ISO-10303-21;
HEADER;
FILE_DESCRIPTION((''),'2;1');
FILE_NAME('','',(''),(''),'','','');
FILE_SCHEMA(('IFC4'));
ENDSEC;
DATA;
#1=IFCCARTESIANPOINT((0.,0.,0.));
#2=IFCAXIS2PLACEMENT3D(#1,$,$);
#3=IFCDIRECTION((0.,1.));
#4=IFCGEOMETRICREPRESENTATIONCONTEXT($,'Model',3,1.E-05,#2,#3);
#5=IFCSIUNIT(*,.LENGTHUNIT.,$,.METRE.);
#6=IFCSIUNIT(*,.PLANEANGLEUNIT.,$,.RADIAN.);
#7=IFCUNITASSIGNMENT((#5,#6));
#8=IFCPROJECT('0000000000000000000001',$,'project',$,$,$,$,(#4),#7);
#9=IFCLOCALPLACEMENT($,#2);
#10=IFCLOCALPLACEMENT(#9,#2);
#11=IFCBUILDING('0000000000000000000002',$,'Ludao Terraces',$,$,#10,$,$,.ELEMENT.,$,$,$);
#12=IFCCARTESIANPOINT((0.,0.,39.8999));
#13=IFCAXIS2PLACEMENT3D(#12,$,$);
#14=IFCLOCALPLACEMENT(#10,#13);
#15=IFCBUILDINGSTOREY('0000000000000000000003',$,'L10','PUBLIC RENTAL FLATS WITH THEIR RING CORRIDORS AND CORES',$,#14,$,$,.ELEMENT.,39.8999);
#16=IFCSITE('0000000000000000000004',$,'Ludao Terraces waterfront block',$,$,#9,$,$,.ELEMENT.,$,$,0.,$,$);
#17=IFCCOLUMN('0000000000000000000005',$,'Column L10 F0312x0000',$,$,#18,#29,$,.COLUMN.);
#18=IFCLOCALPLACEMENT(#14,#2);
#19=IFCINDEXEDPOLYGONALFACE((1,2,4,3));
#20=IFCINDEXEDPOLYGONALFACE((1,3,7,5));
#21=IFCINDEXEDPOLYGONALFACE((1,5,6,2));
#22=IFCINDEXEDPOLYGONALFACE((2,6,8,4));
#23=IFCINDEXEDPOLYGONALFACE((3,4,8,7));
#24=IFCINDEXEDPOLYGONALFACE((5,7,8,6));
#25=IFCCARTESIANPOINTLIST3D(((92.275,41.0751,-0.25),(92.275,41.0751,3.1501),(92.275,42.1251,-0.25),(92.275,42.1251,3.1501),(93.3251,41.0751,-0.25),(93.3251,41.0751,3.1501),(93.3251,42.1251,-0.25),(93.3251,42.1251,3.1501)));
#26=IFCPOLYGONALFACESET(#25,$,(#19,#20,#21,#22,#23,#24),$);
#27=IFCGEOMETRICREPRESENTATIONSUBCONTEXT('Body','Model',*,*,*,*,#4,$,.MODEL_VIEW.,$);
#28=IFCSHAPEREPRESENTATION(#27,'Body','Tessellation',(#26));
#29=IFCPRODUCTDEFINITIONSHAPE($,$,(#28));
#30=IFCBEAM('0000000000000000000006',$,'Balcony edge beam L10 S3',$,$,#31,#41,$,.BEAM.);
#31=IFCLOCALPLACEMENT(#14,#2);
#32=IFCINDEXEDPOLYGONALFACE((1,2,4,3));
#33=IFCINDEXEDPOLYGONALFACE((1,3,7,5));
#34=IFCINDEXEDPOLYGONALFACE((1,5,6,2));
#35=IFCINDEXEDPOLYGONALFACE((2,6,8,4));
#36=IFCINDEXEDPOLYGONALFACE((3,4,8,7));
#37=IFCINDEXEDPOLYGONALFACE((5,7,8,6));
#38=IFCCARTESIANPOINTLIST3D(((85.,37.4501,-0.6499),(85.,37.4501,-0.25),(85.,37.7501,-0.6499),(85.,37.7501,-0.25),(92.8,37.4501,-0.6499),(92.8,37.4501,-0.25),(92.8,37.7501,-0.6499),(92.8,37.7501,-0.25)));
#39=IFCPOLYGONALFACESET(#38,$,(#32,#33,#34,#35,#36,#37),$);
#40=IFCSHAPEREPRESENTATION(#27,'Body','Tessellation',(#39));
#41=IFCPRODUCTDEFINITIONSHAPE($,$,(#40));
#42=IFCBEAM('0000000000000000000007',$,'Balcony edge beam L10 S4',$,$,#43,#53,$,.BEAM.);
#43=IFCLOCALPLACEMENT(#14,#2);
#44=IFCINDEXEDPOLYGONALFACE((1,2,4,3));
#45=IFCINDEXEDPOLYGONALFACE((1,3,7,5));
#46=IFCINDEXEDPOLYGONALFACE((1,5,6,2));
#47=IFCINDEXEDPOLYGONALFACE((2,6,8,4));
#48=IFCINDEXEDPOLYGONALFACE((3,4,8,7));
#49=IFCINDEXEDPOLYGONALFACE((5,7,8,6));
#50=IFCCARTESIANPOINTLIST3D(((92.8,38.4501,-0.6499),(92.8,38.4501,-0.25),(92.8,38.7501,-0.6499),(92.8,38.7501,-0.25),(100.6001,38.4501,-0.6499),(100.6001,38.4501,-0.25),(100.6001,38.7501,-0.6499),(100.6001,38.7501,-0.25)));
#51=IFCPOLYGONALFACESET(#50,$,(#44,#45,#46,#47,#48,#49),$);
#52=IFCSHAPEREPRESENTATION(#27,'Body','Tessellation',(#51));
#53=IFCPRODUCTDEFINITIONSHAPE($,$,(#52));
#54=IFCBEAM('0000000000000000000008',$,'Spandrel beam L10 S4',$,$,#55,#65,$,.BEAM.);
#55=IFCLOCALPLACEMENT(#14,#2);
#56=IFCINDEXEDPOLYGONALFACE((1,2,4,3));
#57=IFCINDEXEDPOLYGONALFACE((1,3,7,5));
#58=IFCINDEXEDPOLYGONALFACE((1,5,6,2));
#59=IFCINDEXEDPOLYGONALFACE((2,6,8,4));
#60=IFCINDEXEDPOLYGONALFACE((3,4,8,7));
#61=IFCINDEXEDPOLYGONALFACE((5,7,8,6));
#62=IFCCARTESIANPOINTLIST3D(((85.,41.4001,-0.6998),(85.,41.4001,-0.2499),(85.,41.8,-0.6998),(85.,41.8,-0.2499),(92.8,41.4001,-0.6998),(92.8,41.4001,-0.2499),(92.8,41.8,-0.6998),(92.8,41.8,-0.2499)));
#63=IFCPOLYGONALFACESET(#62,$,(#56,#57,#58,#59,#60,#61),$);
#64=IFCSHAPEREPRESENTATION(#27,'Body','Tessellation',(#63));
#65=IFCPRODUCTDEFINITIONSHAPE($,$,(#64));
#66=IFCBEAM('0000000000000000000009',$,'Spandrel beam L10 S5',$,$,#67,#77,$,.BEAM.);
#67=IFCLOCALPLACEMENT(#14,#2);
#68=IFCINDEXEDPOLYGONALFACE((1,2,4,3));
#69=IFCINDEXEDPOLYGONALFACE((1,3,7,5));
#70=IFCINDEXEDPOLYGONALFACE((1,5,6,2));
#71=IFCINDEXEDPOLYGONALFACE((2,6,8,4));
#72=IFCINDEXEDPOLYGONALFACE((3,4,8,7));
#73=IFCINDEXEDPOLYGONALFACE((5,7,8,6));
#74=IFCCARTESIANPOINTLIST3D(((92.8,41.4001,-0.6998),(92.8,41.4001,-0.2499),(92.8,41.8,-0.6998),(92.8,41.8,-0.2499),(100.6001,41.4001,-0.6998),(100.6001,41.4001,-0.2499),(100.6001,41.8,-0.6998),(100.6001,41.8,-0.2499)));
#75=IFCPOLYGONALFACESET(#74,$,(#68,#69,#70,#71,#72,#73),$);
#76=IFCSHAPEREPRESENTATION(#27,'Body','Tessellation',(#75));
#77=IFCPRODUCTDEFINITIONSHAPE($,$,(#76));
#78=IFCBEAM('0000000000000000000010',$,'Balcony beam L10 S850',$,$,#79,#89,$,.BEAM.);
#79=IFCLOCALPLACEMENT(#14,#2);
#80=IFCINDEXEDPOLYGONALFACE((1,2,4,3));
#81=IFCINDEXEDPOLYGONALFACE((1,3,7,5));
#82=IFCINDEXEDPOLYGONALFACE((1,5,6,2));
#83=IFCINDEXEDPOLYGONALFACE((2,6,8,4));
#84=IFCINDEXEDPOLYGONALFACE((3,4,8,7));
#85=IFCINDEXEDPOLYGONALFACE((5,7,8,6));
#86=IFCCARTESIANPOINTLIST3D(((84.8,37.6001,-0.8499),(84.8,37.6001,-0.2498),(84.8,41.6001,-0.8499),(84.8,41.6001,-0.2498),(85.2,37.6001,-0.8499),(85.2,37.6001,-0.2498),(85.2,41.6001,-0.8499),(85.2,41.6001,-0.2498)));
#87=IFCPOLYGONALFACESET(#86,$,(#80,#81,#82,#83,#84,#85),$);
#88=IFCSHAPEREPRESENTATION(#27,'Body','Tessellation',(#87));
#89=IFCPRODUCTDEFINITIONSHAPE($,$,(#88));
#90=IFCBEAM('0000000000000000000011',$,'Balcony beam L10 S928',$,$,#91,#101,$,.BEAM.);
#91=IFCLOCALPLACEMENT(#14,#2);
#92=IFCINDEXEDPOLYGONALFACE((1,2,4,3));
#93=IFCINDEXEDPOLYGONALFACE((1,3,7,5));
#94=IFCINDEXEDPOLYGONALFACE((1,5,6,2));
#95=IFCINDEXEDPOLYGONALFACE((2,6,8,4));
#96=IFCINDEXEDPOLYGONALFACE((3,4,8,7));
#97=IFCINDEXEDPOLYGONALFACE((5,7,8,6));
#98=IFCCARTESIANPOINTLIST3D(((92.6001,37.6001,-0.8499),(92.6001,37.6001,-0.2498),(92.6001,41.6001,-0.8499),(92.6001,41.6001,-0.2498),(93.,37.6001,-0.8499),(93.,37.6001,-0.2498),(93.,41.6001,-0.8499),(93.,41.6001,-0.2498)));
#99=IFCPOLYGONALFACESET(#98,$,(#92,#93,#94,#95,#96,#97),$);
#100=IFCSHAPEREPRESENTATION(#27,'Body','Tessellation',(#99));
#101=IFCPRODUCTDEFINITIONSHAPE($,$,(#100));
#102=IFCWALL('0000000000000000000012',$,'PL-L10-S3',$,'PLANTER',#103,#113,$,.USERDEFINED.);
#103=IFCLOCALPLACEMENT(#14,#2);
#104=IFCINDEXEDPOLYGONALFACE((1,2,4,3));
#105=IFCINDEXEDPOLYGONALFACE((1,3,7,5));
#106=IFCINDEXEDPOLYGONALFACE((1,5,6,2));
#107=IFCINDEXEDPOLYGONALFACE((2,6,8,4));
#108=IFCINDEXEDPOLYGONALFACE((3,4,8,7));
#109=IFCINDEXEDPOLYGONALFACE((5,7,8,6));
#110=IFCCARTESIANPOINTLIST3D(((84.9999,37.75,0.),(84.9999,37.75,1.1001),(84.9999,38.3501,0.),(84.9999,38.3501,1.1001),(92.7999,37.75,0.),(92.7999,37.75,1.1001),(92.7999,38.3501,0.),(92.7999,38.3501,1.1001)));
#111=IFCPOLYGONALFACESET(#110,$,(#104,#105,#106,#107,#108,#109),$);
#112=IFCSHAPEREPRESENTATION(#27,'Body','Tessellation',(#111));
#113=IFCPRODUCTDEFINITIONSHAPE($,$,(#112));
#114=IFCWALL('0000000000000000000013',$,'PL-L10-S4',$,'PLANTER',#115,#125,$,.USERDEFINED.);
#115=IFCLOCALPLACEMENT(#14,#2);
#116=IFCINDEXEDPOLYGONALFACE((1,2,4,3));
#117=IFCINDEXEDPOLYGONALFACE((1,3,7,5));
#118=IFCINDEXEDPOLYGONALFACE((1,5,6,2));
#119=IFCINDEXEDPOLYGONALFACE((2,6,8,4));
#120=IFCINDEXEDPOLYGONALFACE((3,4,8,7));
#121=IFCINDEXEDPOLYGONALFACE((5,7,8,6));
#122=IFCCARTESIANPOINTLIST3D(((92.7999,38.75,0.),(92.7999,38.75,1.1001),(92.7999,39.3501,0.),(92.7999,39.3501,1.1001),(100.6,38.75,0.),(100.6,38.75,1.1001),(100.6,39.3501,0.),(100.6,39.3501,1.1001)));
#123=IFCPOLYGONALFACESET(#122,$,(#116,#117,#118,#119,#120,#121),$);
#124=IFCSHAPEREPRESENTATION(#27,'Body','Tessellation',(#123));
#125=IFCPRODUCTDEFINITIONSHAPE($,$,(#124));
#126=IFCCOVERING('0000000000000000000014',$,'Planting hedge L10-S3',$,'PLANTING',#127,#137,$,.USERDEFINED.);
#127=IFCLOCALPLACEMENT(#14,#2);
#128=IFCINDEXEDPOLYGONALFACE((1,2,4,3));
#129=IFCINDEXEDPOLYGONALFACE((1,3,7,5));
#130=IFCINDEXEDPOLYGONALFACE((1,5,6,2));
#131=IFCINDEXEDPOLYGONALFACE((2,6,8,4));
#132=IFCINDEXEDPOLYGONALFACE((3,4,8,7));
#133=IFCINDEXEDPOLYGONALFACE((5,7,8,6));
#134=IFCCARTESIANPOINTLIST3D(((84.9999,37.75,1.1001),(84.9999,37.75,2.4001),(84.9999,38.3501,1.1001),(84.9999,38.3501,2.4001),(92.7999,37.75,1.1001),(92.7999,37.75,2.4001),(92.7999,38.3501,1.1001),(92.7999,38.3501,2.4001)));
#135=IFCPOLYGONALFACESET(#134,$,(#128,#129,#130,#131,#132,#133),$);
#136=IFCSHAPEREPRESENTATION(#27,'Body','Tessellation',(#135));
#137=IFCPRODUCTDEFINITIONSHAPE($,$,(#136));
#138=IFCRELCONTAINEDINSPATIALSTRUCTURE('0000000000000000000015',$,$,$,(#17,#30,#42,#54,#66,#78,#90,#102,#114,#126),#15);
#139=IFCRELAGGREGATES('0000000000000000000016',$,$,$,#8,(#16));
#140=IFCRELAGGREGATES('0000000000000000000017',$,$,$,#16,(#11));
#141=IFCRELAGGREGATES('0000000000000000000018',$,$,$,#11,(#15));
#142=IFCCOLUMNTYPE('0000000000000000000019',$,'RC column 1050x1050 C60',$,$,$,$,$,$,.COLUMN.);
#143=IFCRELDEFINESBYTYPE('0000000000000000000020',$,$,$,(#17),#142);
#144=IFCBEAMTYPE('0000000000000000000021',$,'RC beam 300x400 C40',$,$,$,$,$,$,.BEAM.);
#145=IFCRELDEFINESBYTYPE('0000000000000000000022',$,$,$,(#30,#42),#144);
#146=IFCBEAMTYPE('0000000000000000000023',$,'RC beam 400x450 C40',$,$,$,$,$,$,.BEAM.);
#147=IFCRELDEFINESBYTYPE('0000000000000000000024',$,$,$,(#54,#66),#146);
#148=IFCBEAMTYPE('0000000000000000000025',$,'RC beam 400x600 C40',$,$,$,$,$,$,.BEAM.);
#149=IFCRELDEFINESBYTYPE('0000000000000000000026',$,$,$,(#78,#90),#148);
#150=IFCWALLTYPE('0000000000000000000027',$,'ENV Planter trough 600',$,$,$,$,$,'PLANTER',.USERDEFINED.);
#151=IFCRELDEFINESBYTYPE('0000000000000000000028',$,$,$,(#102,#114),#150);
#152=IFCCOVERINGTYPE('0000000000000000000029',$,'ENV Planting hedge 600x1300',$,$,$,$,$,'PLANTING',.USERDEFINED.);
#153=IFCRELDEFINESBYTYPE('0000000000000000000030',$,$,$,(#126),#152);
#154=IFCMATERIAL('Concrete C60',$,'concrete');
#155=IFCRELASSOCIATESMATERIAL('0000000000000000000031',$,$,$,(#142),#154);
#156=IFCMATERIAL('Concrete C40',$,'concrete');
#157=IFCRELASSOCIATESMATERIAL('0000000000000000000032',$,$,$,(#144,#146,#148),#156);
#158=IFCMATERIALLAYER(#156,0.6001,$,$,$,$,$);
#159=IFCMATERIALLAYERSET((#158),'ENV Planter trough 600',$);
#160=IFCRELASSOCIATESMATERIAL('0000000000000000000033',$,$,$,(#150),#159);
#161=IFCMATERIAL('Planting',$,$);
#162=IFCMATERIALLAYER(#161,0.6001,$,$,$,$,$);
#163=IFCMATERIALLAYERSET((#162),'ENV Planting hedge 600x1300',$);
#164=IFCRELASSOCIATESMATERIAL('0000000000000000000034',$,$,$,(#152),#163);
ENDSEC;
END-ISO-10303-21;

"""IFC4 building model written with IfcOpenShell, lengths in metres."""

from ifc_helpers import new_model, si_unit, direction, frame, frame_2d, origin, origin_2d, place, context, subcontext, project, spatial, rectangle, extrude, material, layer, layer_set, material_profile, profile_set, type_object, element, save


model = new_model("IFC4")

# Units and contexts
model_context = context("Model", 3, precision=1e-05, world=origin(), true_north=direction((0.0, 1.0)))
body_context = subcontext(model_context, "Body", "Model", "MODEL_VIEW")
ifc_project = project(units=[si_unit("LENGTHUNIT", "METRE"), si_unit("PLANEANGLEUNIT", "RADIAN")], contexts=[model_context])

# Site, building, storey
site_placement = place(None, origin())
site = spatial("IfcSite", under=ifc_project, at=site_placement, Name="Ludao Terraces waterfront block", CompositionType="ELEMENT", RefElevation=0.0)
building_placement = place(site_placement, origin())
building = spatial("IfcBuilding", under=site, at=building_placement, Name="Ludao Terraces", CompositionType="ELEMENT")
storey_placement = place(building_placement, frame((0.0, 0.0, 39.8999)))
storey = spatial("IfcBuildingStorey", under=building, at=storey_placement, Name="L10", Description="PUBLIC RENTAL FLATS WITH THEIR RING CORRIDORS AND CORES", CompositionType="ELEMENT", Elevation=39.8999)

# Column
ifc_material_1 = material(Name="Concrete C60", Category="concrete")
ifc_material_profile_1 = material_profile(ifc_material_1, rectangle(XDim=1.05, YDim=1.05, at=origin_2d()), Name="1050 X 1050")
ifc_profile_set_1 = profile_set([ifc_material_profile_1], Name="Concrete C60")
column_type = type_object("IfcColumnType", Name="RC column 1050x1050 C60", PredefinedType="COLUMN", material=ifc_profile_set_1)
column_placement = place(storey_placement, frame((92.8, 41.6001, -0.25), z_axis=(0.0, 0.0, 1.0), x_axis=(1.0, 0.0, 0.0)))
element("IfcColumn", 1, at=column_placement, inside=storey, type_object=column_type, Name="Column L10 F0312x0000", PredefinedType="COLUMN", context=body_context, shape_type="SweptSolid", body=[
    extrude(rectangle(XDim=1.05, YDim=1.05, at=origin_2d()), origin(), (0.0, 0.0, 1.0), 3.4001),
])

# Beams
ifc_material_2 = material(Name="Concrete C40", Category="concrete")
ifc_material_profile_2 = material_profile(ifc_material_2, rectangle(XDim=0.3, YDim=0.3999, at=origin_2d()), Name="300 X 400")
ifc_profile_set_2 = profile_set([ifc_material_profile_2], Name="Concrete C40")
beam_type_1 = type_object("IfcBeamType", Name="RC beam 300x400 C40", PredefinedType="BEAM", material=ifc_profile_set_2)
for number, where, z_axis, x_axis, name in (
    (2, (85.0, 37.6001, -0.45), (1.0, 0.0, 0.0), (0.0, 1.0, 0.0), "Balcony edge beam L10 S3"),
    (3, (92.8, 38.6001, -0.45), (1.0, 0.0, 0.0), (0.0, 1.0, 0.0), "Balcony edge beam L10 S4"),
):
    element("IfcBeam", number, at=place(storey_placement, frame(where, z_axis=z_axis, x_axis=x_axis)), inside=storey, type_object=beam_type_1, Name=name, PredefinedType="BEAM", context=body_context, shape_type="SweptSolid", body=[
        extrude(rectangle(XDim=0.3, YDim=0.3999, at=origin_2d()), origin(), (0.0, 0.0, 1.0), 7.8),
    ])
ifc_material_profile_3 = material_profile(ifc_material_2, rectangle(XDim=0.3999, YDim=0.45, at=origin_2d()), Name="400 X 450")
ifc_profile_set_3 = profile_set([ifc_material_profile_3], Name="Concrete C40")
beam_type_2 = type_object("IfcBeamType", Name="RC beam 400x450 C40", PredefinedType="BEAM", material=ifc_profile_set_3)
for number, where, z_axis, x_axis, name in (
    (4, (85.0, 41.6001, -0.4749), (1.0, 0.0, 0.0), (0.0, 1.0, 0.0), "Spandrel beam L10 S4"),
    (5, (92.8, 41.6001, -0.4749), (1.0, 0.0, 0.0), (0.0, 1.0, 0.0), "Spandrel beam L10 S5"),
):
    element("IfcBeam", number, at=place(storey_placement, frame(where, z_axis=z_axis, x_axis=x_axis)), inside=storey, type_object=beam_type_2, Name=name, PredefinedType="BEAM", context=body_context, shape_type="SweptSolid", body=[
        extrude(rectangle(XDim=0.3999, YDim=0.45, at=origin_2d()), origin(), (0.0, 0.0, 1.0), 7.8),
    ])
ifc_material_profile_4 = material_profile(ifc_material_2, rectangle(XDim=0.3999, YDim=0.6001, at=origin_2d()), Name="400 X 600")
ifc_profile_set_4 = profile_set([ifc_material_profile_4], Name="Concrete C40")
beam_type_3 = type_object("IfcBeamType", Name="RC beam 400x600 C40", PredefinedType="BEAM", material=ifc_profile_set_4)
for number, where, z_axis, x_axis, name in (
    (6, (85.0, 41.6001, -0.5498), (0.0, -1.0, 0.0), (1.0, 0.0, 0.0), "Balcony beam L10 S850"),
    (7, (92.8, 41.6001, -0.5498), (0.0, -1.0, 0.0), (1.0, 0.0, 0.0), "Balcony beam L10 S928"),
):
    element("IfcBeam", number, at=place(storey_placement, frame(where, z_axis=z_axis, x_axis=x_axis)), inside=storey, type_object=beam_type_3, Name=name, PredefinedType="BEAM", context=body_context, shape_type="SweptSolid", body=[
        extrude(rectangle(XDim=0.3999, YDim=0.6001, at=origin_2d()), origin(), (0.0, 0.0, 1.0), 4.0),
    ])

# Walls
ifc_layer_1 = layer(ifc_material_2, 0.6001)
ifc_layer_set_1 = layer_set([ifc_layer_1], Name="ENV Planter trough 600")
wall_type = type_object("IfcWallType", Name="ENV Planter trough 600", ElementType="PLANTER", PredefinedType="USERDEFINED", material=ifc_layer_set_1)
for number, where, z_axis, x_axis, name in (
    (8, (85.0, 38.05, 0.0), (0.0, 0.0, 1.0), (1.0, 0.0, 0.0), "PL-L10-S3"),
    (9, (92.8, 39.05, 0.0), (0.0, 0.0, 1.0), (1.0, 0.0, 0.0), "PL-L10-S4"),
):
    element("IfcWall", number, at=place(storey_placement, frame(where, z_axis=z_axis, x_axis=x_axis)), inside=storey, type_object=wall_type, Name=name, ObjectType="PLANTER", PredefinedType="USERDEFINED", context=body_context, shape_type="SweptSolid", body=[
        extrude(rectangle(XDim=7.8, YDim=0.6001, at=frame_2d((3.8999, 0.0))), origin(), (0.0, 0.0, 1.0), 1.1001),
    ])

# Covering
ifc_material_3 = material(Name="Planting")
ifc_layer_2 = layer(ifc_material_3, 0.6001)
ifc_layer_set_2 = layer_set([ifc_layer_2], Name="ENV Planting hedge 600x1300")
covering_type = type_object("IfcCoveringType", Name="ENV Planting hedge 600x1300", ElementType="PLANTING", PredefinedType="USERDEFINED", material=ifc_layer_set_2)
covering_placement = place(storey_placement, frame((88.8999, 38.05, 1.1001), z_axis=(0.0, 0.0, 1.0), x_axis=(1.0, 0.0, 0.0)))
element("IfcCovering", 10, at=covering_placement, inside=storey, type_object=covering_type, Name="Planting hedge L10-S3", ObjectType="PLANTING", PredefinedType="USERDEFINED", context=body_context, shape_type="SweptSolid", body=[
    extrude(rectangle(XDim=7.8, YDim=0.6001, at=origin_2d()), origin(), (0.0, 0.0, 1.0), 1.3),
])

save(model, "model.ifc")
